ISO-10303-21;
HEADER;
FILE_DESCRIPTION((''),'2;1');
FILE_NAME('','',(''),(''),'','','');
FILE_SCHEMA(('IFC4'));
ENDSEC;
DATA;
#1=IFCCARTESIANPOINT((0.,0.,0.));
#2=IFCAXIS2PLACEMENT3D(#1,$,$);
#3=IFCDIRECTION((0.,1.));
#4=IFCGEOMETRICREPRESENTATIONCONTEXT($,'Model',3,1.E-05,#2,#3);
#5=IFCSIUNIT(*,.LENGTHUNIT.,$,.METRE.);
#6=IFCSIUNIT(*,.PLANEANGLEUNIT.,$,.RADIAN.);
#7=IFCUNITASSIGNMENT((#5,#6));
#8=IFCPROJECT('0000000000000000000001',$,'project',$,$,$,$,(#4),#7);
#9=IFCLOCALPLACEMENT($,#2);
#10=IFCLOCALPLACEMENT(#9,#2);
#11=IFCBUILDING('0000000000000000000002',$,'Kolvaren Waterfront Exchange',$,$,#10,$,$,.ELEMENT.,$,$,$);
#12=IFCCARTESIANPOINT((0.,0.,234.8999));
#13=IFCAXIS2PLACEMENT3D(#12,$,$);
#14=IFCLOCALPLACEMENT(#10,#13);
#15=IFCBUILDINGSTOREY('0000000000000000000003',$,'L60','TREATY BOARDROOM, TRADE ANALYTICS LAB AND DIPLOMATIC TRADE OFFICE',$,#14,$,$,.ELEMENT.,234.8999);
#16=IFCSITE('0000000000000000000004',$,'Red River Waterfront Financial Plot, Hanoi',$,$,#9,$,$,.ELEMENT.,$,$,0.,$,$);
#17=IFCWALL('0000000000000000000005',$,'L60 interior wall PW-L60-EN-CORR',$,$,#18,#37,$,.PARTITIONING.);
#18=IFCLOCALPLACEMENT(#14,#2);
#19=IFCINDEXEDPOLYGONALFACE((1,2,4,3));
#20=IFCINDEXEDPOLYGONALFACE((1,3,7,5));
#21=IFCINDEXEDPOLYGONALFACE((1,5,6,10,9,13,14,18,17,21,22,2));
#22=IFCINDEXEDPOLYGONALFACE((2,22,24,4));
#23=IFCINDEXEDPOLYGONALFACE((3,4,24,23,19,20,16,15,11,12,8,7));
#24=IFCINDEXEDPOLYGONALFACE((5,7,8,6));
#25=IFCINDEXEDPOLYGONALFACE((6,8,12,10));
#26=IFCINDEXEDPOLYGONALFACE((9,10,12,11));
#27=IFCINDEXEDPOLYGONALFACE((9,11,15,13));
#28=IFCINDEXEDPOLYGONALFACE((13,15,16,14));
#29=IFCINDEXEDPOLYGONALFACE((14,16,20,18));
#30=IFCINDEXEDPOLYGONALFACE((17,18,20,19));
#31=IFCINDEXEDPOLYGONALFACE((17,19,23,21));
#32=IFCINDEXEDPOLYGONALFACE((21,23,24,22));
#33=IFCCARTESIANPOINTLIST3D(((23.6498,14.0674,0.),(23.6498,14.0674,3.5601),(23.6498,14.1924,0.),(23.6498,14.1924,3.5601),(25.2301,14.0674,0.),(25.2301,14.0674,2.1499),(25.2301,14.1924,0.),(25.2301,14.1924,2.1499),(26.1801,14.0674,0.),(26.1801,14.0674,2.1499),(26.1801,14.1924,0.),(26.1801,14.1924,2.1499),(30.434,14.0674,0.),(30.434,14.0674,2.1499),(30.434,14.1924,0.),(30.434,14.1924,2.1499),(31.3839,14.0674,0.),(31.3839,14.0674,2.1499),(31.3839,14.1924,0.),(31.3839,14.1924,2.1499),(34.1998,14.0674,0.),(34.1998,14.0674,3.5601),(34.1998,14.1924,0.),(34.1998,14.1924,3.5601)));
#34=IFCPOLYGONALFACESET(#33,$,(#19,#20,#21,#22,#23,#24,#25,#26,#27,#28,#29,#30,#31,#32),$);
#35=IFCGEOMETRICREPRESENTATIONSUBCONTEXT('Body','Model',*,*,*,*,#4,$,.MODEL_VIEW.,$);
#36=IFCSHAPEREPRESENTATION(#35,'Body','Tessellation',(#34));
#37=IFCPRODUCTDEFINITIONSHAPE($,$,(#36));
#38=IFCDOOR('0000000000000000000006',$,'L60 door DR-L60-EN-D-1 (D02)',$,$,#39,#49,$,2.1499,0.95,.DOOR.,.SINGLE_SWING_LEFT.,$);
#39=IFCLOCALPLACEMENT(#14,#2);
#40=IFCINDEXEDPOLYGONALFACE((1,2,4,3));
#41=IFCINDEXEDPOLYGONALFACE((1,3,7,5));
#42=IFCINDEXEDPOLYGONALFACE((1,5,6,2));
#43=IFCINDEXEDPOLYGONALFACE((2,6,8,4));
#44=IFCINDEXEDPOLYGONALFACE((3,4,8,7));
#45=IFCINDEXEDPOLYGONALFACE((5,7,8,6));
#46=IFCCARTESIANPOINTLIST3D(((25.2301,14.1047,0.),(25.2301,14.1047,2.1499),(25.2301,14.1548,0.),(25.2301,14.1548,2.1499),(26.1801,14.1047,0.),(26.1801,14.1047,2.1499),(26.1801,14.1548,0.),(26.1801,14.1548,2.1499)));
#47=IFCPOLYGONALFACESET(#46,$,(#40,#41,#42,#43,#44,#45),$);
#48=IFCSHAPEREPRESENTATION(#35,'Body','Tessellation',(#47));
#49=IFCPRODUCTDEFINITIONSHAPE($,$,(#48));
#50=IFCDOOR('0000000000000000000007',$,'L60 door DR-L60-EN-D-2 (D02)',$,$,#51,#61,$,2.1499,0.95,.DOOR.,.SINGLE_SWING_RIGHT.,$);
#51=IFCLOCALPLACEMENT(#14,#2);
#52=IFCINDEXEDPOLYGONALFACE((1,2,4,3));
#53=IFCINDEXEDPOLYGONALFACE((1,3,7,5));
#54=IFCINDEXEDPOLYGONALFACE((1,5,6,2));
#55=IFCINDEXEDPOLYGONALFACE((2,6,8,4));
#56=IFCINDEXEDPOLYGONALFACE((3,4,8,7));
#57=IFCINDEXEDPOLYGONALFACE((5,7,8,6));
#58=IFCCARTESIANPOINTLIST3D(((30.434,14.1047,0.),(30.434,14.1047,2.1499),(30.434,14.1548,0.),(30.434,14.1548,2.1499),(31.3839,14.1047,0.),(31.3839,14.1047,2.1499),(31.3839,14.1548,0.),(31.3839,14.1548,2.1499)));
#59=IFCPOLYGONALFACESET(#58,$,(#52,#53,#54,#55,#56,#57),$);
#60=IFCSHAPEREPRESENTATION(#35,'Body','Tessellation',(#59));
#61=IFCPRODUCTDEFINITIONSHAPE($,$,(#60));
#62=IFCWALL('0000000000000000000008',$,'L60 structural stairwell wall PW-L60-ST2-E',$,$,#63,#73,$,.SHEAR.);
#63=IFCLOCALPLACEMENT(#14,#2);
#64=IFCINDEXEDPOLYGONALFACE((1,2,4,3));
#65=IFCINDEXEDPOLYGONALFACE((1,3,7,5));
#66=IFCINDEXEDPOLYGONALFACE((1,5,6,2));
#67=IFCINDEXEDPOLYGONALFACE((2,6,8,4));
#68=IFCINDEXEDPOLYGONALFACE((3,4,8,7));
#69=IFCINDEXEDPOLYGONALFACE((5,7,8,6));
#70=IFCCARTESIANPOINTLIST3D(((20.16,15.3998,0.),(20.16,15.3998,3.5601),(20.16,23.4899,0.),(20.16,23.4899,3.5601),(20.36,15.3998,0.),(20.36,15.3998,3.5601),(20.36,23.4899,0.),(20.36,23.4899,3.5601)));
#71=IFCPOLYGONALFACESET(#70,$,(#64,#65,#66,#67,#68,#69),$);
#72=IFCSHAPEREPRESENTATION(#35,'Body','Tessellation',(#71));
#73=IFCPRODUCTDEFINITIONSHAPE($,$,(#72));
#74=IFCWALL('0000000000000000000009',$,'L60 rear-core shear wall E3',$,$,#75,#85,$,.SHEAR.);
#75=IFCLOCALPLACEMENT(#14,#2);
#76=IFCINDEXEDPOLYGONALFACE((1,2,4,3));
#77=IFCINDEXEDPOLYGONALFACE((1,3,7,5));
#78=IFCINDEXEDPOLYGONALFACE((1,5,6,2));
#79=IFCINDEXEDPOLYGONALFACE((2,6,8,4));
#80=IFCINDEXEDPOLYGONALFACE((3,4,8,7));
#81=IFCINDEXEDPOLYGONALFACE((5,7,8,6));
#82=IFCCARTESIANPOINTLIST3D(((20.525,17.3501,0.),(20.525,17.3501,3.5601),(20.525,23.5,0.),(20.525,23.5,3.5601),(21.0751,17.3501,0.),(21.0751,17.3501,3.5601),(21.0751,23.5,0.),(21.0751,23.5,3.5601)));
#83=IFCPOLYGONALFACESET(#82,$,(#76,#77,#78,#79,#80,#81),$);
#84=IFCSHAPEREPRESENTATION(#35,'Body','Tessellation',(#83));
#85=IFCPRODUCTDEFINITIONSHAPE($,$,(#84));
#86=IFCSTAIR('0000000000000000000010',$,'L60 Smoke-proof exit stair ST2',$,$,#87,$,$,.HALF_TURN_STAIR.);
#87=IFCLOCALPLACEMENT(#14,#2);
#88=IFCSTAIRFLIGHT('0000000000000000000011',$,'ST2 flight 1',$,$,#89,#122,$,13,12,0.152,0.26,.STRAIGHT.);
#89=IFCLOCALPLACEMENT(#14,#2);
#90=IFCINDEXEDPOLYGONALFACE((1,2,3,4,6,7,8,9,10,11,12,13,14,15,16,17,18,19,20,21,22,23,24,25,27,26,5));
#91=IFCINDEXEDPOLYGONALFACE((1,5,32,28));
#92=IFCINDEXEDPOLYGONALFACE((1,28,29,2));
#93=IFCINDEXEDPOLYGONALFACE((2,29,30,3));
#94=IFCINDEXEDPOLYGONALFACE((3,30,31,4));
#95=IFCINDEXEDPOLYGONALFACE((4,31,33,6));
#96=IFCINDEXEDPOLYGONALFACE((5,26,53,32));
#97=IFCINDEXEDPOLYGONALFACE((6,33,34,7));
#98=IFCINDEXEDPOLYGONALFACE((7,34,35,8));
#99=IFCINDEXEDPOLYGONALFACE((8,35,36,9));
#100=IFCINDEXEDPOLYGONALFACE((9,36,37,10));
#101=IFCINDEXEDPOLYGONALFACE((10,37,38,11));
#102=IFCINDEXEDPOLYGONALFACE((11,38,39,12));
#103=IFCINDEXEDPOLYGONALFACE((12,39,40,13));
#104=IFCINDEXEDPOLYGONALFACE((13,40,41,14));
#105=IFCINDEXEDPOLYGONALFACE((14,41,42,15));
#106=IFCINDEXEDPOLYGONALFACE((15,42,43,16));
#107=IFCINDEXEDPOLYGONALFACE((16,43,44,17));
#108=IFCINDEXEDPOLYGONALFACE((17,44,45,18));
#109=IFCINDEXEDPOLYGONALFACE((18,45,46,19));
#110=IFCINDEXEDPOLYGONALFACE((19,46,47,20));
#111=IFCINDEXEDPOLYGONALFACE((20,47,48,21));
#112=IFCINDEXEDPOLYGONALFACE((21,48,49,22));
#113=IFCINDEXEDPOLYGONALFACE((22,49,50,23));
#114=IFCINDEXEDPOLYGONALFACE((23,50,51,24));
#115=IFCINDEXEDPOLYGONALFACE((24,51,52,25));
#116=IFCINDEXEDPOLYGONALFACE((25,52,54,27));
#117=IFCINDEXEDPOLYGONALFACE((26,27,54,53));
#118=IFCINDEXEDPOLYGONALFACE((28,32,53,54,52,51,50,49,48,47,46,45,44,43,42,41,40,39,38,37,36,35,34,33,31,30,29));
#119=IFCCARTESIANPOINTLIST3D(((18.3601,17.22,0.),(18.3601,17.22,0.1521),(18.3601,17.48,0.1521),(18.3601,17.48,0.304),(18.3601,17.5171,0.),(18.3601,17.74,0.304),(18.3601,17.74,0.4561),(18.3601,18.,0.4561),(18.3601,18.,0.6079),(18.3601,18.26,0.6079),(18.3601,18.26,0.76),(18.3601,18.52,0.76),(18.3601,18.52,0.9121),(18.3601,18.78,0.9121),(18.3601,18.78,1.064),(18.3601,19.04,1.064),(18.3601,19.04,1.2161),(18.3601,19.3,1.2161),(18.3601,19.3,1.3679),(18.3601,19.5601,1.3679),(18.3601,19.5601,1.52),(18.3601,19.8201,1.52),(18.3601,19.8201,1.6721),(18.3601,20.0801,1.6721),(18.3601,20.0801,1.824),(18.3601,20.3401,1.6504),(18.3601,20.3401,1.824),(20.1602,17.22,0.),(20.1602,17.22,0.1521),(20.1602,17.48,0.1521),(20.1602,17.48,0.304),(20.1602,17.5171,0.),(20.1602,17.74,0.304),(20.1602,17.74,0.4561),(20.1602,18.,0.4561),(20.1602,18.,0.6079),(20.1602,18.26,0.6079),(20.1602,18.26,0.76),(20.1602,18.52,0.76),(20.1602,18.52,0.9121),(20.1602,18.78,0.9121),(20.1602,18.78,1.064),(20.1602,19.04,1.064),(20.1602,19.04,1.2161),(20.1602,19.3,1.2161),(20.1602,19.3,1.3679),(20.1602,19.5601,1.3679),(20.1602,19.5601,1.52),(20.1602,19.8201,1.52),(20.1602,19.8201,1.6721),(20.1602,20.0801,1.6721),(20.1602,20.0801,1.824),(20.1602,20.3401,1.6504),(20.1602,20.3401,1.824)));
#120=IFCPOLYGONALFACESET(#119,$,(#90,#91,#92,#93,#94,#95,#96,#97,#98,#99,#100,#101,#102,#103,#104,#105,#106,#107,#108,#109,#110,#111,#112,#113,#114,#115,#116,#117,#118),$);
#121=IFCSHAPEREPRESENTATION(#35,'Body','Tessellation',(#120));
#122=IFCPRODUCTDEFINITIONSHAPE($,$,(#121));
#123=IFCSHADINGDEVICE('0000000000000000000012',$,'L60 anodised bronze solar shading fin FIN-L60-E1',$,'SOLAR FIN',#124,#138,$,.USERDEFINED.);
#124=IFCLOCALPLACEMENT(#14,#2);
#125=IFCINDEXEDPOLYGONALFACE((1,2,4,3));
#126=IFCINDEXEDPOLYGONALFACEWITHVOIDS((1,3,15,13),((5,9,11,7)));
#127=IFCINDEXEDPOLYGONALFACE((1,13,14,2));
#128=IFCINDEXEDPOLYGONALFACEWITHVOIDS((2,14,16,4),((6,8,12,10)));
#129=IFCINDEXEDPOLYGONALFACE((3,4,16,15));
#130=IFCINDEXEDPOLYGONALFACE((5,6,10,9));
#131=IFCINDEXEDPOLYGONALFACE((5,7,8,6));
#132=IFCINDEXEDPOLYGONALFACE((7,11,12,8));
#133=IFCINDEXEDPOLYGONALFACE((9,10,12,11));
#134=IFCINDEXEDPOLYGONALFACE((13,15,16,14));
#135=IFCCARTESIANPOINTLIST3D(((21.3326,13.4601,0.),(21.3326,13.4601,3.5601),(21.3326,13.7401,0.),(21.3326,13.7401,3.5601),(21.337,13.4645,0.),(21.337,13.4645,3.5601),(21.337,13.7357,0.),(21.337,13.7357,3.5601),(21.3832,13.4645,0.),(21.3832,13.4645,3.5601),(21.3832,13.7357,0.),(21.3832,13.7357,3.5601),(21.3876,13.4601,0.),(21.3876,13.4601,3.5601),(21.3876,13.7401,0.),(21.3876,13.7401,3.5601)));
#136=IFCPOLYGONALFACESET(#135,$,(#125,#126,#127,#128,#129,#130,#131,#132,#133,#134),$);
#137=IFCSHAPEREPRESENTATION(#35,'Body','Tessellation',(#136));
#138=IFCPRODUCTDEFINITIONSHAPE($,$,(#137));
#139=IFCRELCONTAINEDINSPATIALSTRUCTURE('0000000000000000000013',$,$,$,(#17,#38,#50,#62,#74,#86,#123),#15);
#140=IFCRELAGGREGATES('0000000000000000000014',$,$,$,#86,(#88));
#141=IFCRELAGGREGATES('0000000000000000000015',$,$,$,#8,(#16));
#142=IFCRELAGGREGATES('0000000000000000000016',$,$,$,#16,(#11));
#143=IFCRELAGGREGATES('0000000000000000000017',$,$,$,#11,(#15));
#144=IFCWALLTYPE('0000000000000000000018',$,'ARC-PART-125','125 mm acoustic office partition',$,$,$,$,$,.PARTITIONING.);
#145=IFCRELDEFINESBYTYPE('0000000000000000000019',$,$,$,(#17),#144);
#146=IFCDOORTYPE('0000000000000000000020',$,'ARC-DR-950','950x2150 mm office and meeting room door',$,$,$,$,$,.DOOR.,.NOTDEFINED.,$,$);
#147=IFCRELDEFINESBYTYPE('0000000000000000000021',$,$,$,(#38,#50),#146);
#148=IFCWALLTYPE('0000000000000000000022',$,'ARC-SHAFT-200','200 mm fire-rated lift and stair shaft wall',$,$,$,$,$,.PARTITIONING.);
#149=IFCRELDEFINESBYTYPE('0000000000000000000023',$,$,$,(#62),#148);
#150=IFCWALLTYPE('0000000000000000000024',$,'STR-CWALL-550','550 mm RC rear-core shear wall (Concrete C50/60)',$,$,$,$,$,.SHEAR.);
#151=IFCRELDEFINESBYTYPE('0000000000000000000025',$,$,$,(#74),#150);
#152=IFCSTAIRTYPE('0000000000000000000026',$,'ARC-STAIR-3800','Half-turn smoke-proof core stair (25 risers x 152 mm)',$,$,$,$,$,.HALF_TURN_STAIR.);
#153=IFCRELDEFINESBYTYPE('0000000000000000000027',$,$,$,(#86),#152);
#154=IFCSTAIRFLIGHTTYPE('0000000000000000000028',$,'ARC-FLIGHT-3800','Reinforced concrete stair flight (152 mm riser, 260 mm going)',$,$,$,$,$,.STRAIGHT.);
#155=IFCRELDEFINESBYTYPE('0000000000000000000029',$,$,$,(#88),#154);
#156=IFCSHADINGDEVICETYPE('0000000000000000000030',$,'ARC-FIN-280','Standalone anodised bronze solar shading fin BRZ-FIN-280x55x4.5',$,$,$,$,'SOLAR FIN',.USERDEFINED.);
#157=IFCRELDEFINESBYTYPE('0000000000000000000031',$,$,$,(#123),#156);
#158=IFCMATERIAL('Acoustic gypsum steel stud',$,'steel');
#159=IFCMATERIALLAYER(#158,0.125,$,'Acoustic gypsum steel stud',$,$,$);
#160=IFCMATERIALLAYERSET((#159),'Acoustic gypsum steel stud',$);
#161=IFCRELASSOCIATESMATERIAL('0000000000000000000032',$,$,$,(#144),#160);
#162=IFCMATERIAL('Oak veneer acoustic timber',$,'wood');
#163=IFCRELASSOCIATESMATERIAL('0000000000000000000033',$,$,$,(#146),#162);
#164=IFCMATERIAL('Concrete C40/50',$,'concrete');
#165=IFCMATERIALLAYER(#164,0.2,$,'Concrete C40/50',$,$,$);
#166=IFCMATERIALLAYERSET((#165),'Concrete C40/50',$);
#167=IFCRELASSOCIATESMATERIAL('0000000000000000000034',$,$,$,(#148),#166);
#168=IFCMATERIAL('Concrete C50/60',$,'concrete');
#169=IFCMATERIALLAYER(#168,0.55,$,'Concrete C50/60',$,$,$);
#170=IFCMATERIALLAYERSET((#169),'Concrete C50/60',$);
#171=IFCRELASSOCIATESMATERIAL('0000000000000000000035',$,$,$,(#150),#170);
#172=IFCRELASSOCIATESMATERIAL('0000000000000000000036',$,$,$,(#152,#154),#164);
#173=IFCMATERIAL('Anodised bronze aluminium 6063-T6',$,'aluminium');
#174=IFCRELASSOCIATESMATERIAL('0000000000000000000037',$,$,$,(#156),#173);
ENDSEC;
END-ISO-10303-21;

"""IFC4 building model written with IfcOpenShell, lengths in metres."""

from ifc_helpers import new_model, si_unit, direction, frame, frame_2d, origin, origin_2d, place, context, subcontext, project, spatial, polyline, rectangle, hollow_rectangle, outline, extrude, material, layer, layer_set, material_profile, profile_set, type_object, element, fill, aggregate, save


model = new_model("IFC4")

# Units and contexts
model_context = context("Model", 3, precision=1e-05, world=origin(), true_north=direction((0.0, 1.0)))
body_context = subcontext(model_context, "Body", "Model", "MODEL_VIEW")
ifc_project = project(units=[si_unit("LENGTHUNIT", "METRE"), si_unit("PLANEANGLEUNIT", "RADIAN")], contexts=[model_context])

# Site, building, storey
site_placement = place(None, origin())
site = spatial("IfcSite", under=ifc_project, at=site_placement, Name="Red River Waterfront Financial Plot, Hanoi", CompositionType="ELEMENT", RefElevation=0.0)
building_placement = place(site_placement, origin())
building = spatial("IfcBuilding", under=site, at=building_placement, Name="Kolvaren Waterfront Exchange", CompositionType="ELEMENT")
storey_placement = place(building_placement, frame((0.0, 0.0, 234.8999)))
storey = spatial("IfcBuildingStorey", under=building, at=storey_placement, Name="L60", Description="TREATY BOARDROOM, TRADE ANALYTICS LAB AND DIPLOMATIC TRADE OFFICE", CompositionType="ELEMENT", Elevation=234.8999)

# Shared definitions
ifc_material_1 = material(Name="Concrete C50/60", Category="concrete")

# Shared definitions
ifc_material_2 = material(Name="Acoustic gypsum steel stud", Category="steel")
ifc_layer_1 = layer(ifc_material_2, 0.125, Name="Acoustic gypsum steel stud")
ifc_layer_set_1 = layer_set([ifc_layer_1], Name="Acoustic gypsum steel stud")
wall_type_1 = type_object("IfcWallType", Name="ARC-PART-125", Description="125 mm acoustic office partition", PredefinedType="PARTITIONING", material=ifc_layer_set_1)
ifc_material_3 = material(Name="Oak veneer acoustic timber", Category="wood")
door_type = type_object("IfcDoorType", Name="ARC-DR-950", Description="950x2150 mm office and meeting room door", OperationType="NOTDEFINED", PredefinedType="DOOR", material=ifc_material_3)

# Wall, openings, doors
wall_1_placement = place(storey_placement, frame((23.6499, 14.1299, 0.0), z_axis=(0.0, 0.0, 1.0), x_axis=(1.0, 0.0, 0.0)))
wall_1 = element("IfcWall", 1, at=wall_1_placement, inside=storey, type_object=wall_type_1, Name="L60 interior wall PW-L60-EN-CORR", PredefinedType="PARTITIONING", context=body_context, shape_type="SweptSolid", body=[
    extrude(rectangle(XDim=10.55, YDim=0.125, at=frame_2d((5.2749, 0.0))), origin(), (0.0, 0.0, 1.0), 3.5601),
])
opening_1_placement = place(wall_1_placement, frame((1.5801, 0.0, 0.0)))
opening_1 = element("IfcOpeningElement", 2, at=opening_1_placement, cuts=wall_1, PredefinedType="OPENING", context=body_context, shape_type="SweptSolid", body=[
    extrude(rectangle(XDim=0.95, YDim=2.1499, at=frame_2d((0.4751, 1.075))), frame((0.0, 0.0725, 0.0), z_axis=(0.0, -1.0, 0.0), x_axis=(1.0, 0.0, 0.0)), (0.0, 0.0, 1.0), 0.145),
])
opening_2_placement = place(wall_1_placement, frame((6.7839, 0.0, 0.0)))
opening_2 = element("IfcOpeningElement", 3, at=opening_2_placement, cuts=wall_1, PredefinedType="OPENING", context=body_context, shape_type="SweptSolid", body=[
    extrude(rectangle(XDim=0.95, YDim=2.1499, at=frame_2d((0.4751, 1.075))), frame((0.0, 0.0725, 0.0), z_axis=(0.0, -1.0, 0.0), x_axis=(1.0, 0.0, 0.0)), (0.0, 0.0, 1.0), 0.145),
])
door_1_placement = place(opening_1_placement, origin())
door_1 = element("IfcDoor", 4, at=door_1_placement, inside=storey, type_object=door_type, Name="L60 door DR-L60-EN-D-1 (D02)", OperationType="SINGLE_SWING_LEFT", OverallHeight=2.1499, OverallWidth=0.95, PredefinedType="DOOR", context=body_context, shape_type="SweptSolid", body=[
    extrude(rectangle(XDim=0.95, YDim=2.1499, at=frame_2d((0.4751, 1.075))), frame((0.0, 0.0249, 0.0), z_axis=(0.0, -1.0, 0.0), x_axis=(1.0, 0.0, 0.0)), (0.0, 0.0, 1.0), 0.05),
])
fill(opening_1, door_1)
door_2_placement = place(opening_2_placement, origin())
door_2 = element("IfcDoor", 5, at=door_2_placement, inside=storey, type_object=door_type, Name="L60 door DR-L60-EN-D-2 (D02)", OperationType="SINGLE_SWING_RIGHT", OverallHeight=2.1499, OverallWidth=0.95, PredefinedType="DOOR", context=body_context, shape_type="SweptSolid", body=[
    extrude(rectangle(XDim=0.95, YDim=2.1499, at=frame_2d((0.4751, 1.075))), frame((0.0, 0.0249, 0.0), z_axis=(0.0, -1.0, 0.0), x_axis=(1.0, 0.0, 0.0)), (0.0, 0.0, 1.0), 0.05),
])
fill(opening_2, door_2)

# Walls
ifc_material_4 = material(Name="Concrete C40/50", Category="concrete")
ifc_layer_2 = layer(ifc_material_4, 0.2, Name="Concrete C40/50")
ifc_layer_set_2 = layer_set([ifc_layer_2], Name="Concrete C40/50")
wall_type_2 = type_object("IfcWallType", Name="ARC-SHAFT-200", Description="200 mm fire-rated lift and stair shaft wall", PredefinedType="PARTITIONING", material=ifc_layer_set_2)
wall_2_placement = place(storey_placement, frame((20.26, 15.3999, 0.0), z_axis=(0.0, 0.0, 1.0), x_axis=(0.0, 1.0, 0.0)))
element("IfcWall", 6, at=wall_2_placement, inside=storey, type_object=wall_type_2, Name="L60 structural stairwell wall PW-L60-ST2-E", PredefinedType="SHEAR", context=body_context, shape_type="SweptSolid", body=[
    extrude(rectangle(XDim=8.0901, YDim=0.2, at=frame_2d((4.0449, 0.0))), origin(), (0.0, 0.0, 1.0), 3.5601),
])
ifc_layer_3 = layer(ifc_material_1, 0.55, Name="Concrete C50/60")
ifc_layer_set_3 = layer_set([ifc_layer_3], Name="Concrete C50/60")
wall_type_3 = type_object("IfcWallType", Name="STR-CWALL-550", Description="550 mm RC rear-core shear wall (Concrete C50/60)", PredefinedType="SHEAR", material=ifc_layer_set_3)
wall_3_placement = place(storey_placement, frame((20.8, 17.3501, 0.0), z_axis=(0.0, 0.0, 1.0), x_axis=(0.0, 1.0, 0.0)))
element("IfcWall", 7, at=wall_3_placement, inside=storey, type_object=wall_type_3, Name="L60 rear-core shear wall E3", PredefinedType="SHEAR", context=body_context, shape_type="SweptSolid", body=[
    extrude(rectangle(XDim=6.1499, YDim=0.55, at=frame_2d((3.075, 0.0))), origin(), (0.0, 0.0, 1.0), 3.5601),
])

# Stair, stair flight
stair_type = type_object("IfcStairType", Name="ARC-STAIR-3800", Description="Half-turn smoke-proof core stair (25 risers x 152 mm)", PredefinedType="HALF_TURN_STAIR", material=ifc_material_4)
stair_placement = place(storey_placement, origin())
stair = element("IfcStair", 8, at=stair_placement, inside=storey, type_object=stair_type, Name="L60 Smoke-proof exit stair ST2", PredefinedType="HALF_TURN_STAIR")
stair_flight_type = type_object("IfcStairFlightType", Name="ARC-FLIGHT-3800", Description="Reinforced concrete stair flight (152 mm riser, 260 mm going)", PredefinedType="STRAIGHT", material=ifc_material_4)
stair_flight_placement = place(storey_placement, frame((19.26, 17.22, 0.0), z_axis=(0.0, 0.0, 1.0), x_axis=(0.0, 1.0, 0.0)))
stair_flight = element("IfcStairFlight", 9, at=stair_flight_placement, type_object=stair_flight_type, Name="ST2 flight 1", NumberOfRisers=13, NumberOfTreads=12, PredefinedType="STRAIGHT", RiserHeight=0.152, TreadLength=0.26, context=body_context, shape_type="SweptSolid", body=[
    extrude(outline(polyline([(0.0, 0.0), (0.0, 0.1521), (0.26, 0.1521), (0.26, 0.304), (0.52, 0.304), (0.52, 0.4561), (0.78, 0.4561), (0.78, 0.6079), (1.04, 0.6079), (1.04, 0.76), (1.3, 0.76), (1.3, 0.9121), (1.5601, 0.9121), (1.5601, 1.064), (1.8201, 1.064), (1.8201, 1.2161), (2.0801, 1.2161), (2.0801, 1.3679), (2.3401, 1.3679), (2.3401, 1.52), (2.6001, 1.52), (2.6001, 1.6721), (2.8601, 1.6721), (2.8601, 1.824), (3.1201, 1.824), (3.1201, 1.9761), (3.1201, 1.6504), (0.2971, 0.0), (0.0, 0.0)])), frame((0.0, 0.8999, 0.0), z_axis=(0.0, -1.0, 0.0), x_axis=(1.0, 0.0, 0.0)), (0.0, 0.0, 1.0), 1.8),
])
aggregate(stair, [stair_flight])

# Shading device
ifc_material_5 = material(Name="Anodised bronze aluminium 6063-T6", Category="aluminium")
ifc_material_profile_1 = material_profile(ifc_material_5, hollow_rectangle(XDim=0.0549, YDim=0.28, WallThickness=0.0044, at=origin_2d()), Name="BRZ-FIN-280x55x4.5")
ifc_profile_set_1 = profile_set([ifc_material_profile_1], Name="Anodised bronze aluminium 6063-T6")
shading_device_type = type_object("IfcShadingDeviceType", Name="ARC-FIN-280", Description="Standalone anodised bronze solar shading fin BRZ-FIN-280x55x4.5", ElementType="SOLAR FIN", PredefinedType="USERDEFINED", material=ifc_profile_set_1)
shading_device_placement = place(storey_placement, frame((21.3601, 13.6001, 0.0), z_axis=(0.0, 0.0, 1.0), x_axis=(1.0, 0.0, 0.0)))
element("IfcShadingDevice", 10, at=shading_device_placement, inside=storey, type_object=shading_device_type, Name="L60 anodised bronze solar shading fin FIN-L60-E1", ObjectType="SOLAR FIN", PredefinedType="USERDEFINED", context=body_context, shape_type="SweptSolid", body=[
    extrude(hollow_rectangle(XDim=0.0549, YDim=0.28, WallThickness=0.0044, at=origin_2d()), origin(), (0.0, 0.0, 1.0), 3.5601),
])

save(model, "model.ifc")
